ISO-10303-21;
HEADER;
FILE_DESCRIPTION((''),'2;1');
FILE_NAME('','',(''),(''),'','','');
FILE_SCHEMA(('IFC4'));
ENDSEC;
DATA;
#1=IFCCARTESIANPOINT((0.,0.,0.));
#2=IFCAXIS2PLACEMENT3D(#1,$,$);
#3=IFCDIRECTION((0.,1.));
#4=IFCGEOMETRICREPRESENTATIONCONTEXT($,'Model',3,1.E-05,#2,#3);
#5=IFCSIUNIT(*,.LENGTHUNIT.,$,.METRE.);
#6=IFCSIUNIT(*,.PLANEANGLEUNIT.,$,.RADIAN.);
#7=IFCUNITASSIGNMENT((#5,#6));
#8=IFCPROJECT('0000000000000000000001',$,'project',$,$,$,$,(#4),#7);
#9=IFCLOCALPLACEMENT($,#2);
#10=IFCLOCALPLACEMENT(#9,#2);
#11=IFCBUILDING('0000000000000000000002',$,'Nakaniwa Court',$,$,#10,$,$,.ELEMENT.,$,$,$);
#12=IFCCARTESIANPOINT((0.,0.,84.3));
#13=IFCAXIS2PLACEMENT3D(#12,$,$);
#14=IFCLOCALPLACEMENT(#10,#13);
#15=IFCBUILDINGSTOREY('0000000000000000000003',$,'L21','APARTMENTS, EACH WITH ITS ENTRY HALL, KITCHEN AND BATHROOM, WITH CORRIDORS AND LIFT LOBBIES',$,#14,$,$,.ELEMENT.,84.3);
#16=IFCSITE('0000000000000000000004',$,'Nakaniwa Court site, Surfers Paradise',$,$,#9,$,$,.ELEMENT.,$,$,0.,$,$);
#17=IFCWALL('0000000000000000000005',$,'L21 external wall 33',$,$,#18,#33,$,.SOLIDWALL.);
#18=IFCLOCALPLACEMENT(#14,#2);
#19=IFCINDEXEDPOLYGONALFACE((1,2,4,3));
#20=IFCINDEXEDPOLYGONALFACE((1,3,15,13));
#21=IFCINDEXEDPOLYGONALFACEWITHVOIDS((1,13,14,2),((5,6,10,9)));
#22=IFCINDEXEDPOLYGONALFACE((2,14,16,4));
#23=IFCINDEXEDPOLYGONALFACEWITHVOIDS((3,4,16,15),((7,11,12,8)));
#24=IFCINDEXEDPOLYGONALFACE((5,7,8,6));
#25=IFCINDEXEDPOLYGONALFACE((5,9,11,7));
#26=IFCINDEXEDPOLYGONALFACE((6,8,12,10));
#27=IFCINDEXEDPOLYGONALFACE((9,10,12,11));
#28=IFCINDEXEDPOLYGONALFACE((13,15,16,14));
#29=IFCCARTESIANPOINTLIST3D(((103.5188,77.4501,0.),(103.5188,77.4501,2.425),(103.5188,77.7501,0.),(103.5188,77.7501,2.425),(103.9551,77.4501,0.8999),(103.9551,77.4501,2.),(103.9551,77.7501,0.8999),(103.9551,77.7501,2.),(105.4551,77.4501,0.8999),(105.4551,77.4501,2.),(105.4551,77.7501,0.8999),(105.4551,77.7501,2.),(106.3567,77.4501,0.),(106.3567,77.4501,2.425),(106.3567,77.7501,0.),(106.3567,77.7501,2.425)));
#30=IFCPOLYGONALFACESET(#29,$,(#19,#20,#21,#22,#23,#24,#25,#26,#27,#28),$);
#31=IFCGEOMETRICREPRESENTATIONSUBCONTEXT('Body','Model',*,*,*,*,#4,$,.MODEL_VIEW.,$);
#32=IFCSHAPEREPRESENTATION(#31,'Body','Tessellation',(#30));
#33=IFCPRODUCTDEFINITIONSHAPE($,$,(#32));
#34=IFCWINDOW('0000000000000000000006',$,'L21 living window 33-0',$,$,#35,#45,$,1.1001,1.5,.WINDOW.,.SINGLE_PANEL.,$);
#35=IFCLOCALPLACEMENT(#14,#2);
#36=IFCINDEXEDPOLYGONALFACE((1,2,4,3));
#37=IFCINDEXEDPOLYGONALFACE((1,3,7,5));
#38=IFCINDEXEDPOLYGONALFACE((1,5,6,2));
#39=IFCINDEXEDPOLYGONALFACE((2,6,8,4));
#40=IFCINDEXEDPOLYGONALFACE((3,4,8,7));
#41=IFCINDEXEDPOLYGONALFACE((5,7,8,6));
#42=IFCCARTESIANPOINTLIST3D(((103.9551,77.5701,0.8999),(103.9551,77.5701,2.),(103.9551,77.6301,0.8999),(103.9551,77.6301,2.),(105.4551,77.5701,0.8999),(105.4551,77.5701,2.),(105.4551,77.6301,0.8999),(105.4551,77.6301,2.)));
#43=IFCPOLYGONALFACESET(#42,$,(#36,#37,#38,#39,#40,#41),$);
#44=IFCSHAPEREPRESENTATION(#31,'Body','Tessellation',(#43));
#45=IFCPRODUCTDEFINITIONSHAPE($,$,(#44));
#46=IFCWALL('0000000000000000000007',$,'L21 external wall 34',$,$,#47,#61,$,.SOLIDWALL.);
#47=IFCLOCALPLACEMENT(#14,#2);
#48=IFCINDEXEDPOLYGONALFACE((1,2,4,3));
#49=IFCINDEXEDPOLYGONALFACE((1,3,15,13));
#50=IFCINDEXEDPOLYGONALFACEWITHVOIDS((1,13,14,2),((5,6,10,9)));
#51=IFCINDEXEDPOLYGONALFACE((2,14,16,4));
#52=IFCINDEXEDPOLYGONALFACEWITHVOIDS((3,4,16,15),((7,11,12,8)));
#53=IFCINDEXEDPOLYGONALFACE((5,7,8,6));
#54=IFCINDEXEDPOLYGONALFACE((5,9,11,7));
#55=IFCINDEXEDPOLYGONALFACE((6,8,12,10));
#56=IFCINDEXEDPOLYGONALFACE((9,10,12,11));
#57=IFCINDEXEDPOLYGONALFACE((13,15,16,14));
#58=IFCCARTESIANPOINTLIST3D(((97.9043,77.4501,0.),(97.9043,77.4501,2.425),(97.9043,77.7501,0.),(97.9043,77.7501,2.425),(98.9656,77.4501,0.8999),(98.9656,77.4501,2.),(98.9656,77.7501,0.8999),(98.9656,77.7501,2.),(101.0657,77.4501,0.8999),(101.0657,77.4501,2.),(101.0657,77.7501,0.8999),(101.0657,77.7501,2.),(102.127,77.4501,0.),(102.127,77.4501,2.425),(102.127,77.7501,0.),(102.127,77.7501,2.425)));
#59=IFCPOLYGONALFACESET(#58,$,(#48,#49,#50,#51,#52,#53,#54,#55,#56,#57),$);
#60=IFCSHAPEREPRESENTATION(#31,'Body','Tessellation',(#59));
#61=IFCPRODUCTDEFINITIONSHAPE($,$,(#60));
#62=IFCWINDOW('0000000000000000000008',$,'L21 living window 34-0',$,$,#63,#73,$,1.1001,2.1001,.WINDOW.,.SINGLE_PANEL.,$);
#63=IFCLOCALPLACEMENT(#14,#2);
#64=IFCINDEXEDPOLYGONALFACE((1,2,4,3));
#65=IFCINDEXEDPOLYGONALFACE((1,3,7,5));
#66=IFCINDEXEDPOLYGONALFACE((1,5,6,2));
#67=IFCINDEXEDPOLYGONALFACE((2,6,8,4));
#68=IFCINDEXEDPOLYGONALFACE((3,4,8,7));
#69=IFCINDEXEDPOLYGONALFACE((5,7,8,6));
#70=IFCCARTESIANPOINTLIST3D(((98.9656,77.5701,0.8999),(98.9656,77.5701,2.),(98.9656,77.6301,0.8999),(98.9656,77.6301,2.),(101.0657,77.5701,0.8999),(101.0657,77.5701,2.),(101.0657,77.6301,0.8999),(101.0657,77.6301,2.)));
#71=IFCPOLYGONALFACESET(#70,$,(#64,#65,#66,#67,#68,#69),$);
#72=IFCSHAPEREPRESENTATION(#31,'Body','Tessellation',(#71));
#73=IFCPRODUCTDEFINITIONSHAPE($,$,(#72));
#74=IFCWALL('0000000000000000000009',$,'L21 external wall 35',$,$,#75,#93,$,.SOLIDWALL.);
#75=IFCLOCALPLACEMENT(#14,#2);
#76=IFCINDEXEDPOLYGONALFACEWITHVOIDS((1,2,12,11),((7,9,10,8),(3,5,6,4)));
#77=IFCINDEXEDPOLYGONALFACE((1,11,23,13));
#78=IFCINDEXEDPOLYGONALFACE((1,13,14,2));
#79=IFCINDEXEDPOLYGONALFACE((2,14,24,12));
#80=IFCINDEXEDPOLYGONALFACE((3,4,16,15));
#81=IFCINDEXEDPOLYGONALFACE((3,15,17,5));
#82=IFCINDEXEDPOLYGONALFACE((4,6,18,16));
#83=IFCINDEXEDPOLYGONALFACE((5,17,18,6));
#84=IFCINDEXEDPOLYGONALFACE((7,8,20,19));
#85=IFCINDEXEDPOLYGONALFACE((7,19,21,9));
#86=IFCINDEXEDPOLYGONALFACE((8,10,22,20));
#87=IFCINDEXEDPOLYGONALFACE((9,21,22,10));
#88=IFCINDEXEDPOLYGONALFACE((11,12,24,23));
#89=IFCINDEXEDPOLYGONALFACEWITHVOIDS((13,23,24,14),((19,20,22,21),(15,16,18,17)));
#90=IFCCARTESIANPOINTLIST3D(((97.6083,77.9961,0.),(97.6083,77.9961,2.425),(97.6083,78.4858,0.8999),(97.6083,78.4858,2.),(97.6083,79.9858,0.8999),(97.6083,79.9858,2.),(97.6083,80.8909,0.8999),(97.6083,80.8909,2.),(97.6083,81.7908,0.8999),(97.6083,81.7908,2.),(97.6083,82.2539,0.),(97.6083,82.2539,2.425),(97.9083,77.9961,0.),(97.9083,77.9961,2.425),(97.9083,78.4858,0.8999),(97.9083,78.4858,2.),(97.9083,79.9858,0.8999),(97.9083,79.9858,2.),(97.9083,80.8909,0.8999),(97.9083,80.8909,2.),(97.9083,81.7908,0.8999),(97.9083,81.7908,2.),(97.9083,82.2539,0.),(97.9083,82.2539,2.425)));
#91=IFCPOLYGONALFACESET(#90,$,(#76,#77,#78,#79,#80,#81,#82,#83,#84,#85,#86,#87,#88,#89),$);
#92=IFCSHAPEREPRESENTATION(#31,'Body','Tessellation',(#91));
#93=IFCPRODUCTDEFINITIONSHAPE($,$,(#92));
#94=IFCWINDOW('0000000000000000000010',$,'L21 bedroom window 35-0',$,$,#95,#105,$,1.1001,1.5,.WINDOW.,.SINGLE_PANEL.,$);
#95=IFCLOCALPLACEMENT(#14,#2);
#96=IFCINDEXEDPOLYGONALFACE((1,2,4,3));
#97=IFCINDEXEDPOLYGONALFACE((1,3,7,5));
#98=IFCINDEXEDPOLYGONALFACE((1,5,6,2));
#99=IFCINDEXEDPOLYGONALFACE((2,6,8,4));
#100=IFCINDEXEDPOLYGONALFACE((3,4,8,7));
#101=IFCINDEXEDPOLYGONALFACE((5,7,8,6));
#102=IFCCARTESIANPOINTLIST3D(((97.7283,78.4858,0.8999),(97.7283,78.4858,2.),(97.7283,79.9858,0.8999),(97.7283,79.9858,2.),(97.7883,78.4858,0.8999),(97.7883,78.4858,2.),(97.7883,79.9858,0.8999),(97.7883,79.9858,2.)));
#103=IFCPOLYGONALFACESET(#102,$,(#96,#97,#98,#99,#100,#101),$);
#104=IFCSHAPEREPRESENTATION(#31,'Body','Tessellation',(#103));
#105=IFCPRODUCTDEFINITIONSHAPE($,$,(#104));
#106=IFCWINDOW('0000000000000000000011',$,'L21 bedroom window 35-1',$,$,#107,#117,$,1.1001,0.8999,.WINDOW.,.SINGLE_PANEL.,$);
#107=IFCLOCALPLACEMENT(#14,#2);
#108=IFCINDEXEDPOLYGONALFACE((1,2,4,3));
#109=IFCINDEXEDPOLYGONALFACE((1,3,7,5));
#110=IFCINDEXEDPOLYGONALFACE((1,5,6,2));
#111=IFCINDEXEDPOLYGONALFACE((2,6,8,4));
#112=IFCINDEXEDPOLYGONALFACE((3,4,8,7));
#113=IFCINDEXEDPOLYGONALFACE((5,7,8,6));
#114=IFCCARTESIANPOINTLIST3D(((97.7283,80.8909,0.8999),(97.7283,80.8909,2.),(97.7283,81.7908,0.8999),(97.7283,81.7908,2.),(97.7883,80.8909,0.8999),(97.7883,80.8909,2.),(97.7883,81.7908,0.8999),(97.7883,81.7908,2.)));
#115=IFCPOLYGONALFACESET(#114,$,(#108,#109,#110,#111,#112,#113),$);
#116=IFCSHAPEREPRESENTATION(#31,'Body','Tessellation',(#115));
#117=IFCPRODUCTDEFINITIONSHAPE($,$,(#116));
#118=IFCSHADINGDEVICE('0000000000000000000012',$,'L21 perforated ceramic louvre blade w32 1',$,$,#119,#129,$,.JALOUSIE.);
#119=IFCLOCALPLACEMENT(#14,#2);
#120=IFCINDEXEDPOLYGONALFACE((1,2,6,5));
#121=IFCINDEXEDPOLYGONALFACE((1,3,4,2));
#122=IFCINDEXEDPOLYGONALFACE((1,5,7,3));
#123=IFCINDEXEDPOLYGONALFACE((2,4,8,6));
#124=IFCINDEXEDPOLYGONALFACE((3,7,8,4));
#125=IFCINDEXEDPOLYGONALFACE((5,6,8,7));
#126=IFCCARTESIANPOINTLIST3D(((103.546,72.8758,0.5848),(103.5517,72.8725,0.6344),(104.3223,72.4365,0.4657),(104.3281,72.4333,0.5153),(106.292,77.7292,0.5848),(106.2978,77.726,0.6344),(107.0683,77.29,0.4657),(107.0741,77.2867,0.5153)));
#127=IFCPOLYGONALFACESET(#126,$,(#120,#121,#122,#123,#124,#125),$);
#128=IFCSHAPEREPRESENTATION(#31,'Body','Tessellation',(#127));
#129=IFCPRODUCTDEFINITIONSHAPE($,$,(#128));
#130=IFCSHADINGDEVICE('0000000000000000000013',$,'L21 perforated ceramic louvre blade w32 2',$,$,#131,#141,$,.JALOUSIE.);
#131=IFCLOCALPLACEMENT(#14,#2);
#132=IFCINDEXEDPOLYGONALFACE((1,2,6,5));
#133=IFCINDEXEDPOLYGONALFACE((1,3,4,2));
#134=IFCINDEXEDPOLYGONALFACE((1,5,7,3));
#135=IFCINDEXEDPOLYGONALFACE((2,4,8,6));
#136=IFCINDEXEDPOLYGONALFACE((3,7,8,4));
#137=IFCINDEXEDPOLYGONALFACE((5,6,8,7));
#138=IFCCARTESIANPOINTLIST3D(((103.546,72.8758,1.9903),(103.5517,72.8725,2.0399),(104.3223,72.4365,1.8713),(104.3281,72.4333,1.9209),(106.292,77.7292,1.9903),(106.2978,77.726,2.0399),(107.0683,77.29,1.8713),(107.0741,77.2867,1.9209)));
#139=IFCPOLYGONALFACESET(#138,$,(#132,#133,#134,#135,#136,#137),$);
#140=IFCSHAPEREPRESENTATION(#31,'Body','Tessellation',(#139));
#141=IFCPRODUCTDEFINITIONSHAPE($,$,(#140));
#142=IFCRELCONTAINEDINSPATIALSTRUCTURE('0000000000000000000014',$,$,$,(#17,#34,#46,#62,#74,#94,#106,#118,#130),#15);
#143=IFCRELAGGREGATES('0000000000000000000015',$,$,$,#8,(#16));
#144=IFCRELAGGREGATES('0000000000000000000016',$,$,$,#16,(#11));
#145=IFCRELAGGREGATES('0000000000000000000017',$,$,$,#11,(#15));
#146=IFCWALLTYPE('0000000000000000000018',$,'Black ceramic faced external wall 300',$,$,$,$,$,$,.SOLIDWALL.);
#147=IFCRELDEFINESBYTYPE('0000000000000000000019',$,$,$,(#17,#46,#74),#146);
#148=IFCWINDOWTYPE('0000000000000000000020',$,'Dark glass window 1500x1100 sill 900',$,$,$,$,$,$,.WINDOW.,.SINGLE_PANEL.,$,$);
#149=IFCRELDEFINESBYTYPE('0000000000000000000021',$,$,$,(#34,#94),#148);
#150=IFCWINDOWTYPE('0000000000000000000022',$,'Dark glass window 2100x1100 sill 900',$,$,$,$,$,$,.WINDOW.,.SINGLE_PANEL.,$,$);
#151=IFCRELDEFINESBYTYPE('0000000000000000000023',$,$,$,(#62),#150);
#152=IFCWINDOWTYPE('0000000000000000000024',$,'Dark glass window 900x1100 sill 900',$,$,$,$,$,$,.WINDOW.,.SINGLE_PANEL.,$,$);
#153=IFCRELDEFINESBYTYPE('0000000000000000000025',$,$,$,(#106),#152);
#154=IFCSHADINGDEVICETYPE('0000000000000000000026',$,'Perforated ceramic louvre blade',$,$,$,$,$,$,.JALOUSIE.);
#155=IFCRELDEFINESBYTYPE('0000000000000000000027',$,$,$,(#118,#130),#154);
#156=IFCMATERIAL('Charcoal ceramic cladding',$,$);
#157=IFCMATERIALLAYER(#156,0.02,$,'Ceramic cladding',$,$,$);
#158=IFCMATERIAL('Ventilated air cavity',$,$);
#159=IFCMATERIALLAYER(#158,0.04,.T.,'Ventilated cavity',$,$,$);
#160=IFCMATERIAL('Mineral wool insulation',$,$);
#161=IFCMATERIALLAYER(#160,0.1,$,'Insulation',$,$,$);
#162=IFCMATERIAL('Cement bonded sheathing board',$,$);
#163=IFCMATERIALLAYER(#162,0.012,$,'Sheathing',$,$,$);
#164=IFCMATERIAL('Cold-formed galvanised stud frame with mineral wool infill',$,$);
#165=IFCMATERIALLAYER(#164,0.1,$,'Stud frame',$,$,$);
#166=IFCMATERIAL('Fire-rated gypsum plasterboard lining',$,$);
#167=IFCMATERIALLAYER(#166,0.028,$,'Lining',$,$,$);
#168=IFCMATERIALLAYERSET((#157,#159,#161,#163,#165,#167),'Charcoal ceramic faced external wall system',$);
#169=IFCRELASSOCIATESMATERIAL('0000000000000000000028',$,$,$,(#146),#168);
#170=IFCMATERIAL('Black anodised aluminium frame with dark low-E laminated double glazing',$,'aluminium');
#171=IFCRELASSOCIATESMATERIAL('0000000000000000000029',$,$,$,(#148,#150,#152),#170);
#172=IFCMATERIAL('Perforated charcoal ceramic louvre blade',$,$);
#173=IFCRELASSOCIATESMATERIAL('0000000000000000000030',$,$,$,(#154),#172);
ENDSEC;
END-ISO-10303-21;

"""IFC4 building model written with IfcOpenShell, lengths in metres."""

from ifc_helpers import new_model, si_unit, direction, frame, frame_2d, origin, origin_2d, place, context, subcontext, project, spatial, rectangle, extrude, material, layer, layer_set, material_profile, profile_set, type_object, element, fill, save


model = new_model("IFC4")

# Units and contexts
model_context = context("Model", 3, precision=1e-05, world=origin(), true_north=direction((0.0, 1.0)))
body_context = subcontext(model_context, "Body", "Model", "MODEL_VIEW")
ifc_project = project(units=[si_unit("LENGTHUNIT", "METRE"), si_unit("PLANEANGLEUNIT", "RADIAN")], contexts=[model_context])

# Site, building, storey
site_placement = place(None, origin())
site = spatial("IfcSite", under=ifc_project, at=site_placement, Name="Nakaniwa Court site, Surfers Paradise", CompositionType="ELEMENT", RefElevation=0.0)
building_placement = place(site_placement, origin())
building = spatial("IfcBuilding", under=site, at=building_placement, Name="Nakaniwa Court", CompositionType="ELEMENT")
storey_placement = place(building_placement, frame((0.0, 0.0, 84.3)))
storey = spatial("IfcBuildingStorey", under=building, at=storey_placement, Name="L21", Description="APARTMENTS, EACH WITH ITS ENTRY HALL, KITCHEN AND BATHROOM, WITH CORRIDORS AND LIFT LOBBIES", CompositionType="ELEMENT", Elevation=84.3)

# Shared definitions
ifc_material_1 = material(Name="Charcoal ceramic cladding")
ifc_layer_1 = layer(ifc_material_1, 0.02, Name="Ceramic cladding")
ifc_material_2 = material(Name="Ventilated air cavity")
ifc_layer_2 = layer(ifc_material_2, 0.04, ventilated=True, Name="Ventilated cavity")
ifc_material_3 = material(Name="Mineral wool insulation")
ifc_layer_3 = layer(ifc_material_3, 0.1, Name="Insulation")
ifc_material_4 = material(Name="Cement bonded sheathing board")
ifc_layer_4 = layer(ifc_material_4, 0.012, Name="Sheathing")
ifc_material_5 = material(Name="Cold-formed galvanised stud frame with mineral wool infill")
ifc_layer_5 = layer(ifc_material_5, 0.1, Name="Stud frame")
ifc_material_6 = material(Name="Fire-rated gypsum plasterboard lining")
ifc_layer_6 = layer(ifc_material_6, 0.028, Name="Lining")
ifc_layer_set = layer_set([ifc_layer_1, ifc_layer_2, ifc_layer_3, ifc_layer_4, ifc_layer_5, ifc_layer_6], Name="Charcoal ceramic faced external wall system")
wall_type = type_object("IfcWallType", Name="Black ceramic faced external wall 300", PredefinedType="SOLIDWALL", material=ifc_layer_set)
ifc_material_7 = material(Name="Black anodised aluminium frame with dark low-E laminated double glazing", Category="aluminium")
window_type_1 = type_object("IfcWindowType", Name="Dark glass window 1500x1100 sill 900", PartitioningType="SINGLE_PANEL", PredefinedType="WINDOW", material=ifc_material_7)

# Walls, openings, windows
window_type_2 = type_object("IfcWindowType", Name="Dark glass window 2100x1100 sill 900", PartitioningType="SINGLE_PANEL", PredefinedType="WINDOW", material=ifc_material_7)
wall_1_placement = place(storey_placement, frame((106.3567, 77.6001, 0.0), z_axis=(0.0, 0.0, 1.0), x_axis=(-1.0, 0.0, 0.0)))
wall_1 = element("IfcWall", 1, at=wall_1_placement, inside=storey, type_object=wall_type, Name="L21 external wall 33", PredefinedType="SOLIDWALL", context=body_context, shape_type="SweptSolid", body=[
    extrude(rectangle(XDim=2.8379, YDim=0.3, at=frame_2d((1.4189, 0.0))), origin(), (0.0, 0.0, 1.0), 2.425),
])
opening_1_placement = place(wall_1_placement, frame((0.9016, 0.0, 0.8999)))
opening_1 = element("IfcOpeningElement", 2, at=opening_1_placement, cuts=wall_1, PredefinedType="OPENING", context=body_context, shape_type="SweptSolid", body=[
    extrude(rectangle(XDim=1.5, YDim=1.1001, at=frame_2d((0.75, 0.55))), frame((0.0, 0.1599, 0.0), z_axis=(0.0, -1.0, 0.0), x_axis=(1.0, 0.0, 0.0)), (0.0, 0.0, 1.0), 0.3201),
])
window_1_placement = place(opening_1_placement, origin())
window_1 = element("IfcWindow", 3, at=window_1_placement, inside=storey, type_object=window_type_1, Name="L21 living window 33-0", OverallHeight=1.1001, OverallWidth=1.5, PartitioningType="SINGLE_PANEL", PredefinedType="WINDOW", context=body_context, shape_type="SweptSolid", body=[
    extrude(rectangle(XDim=1.5, YDim=1.1001, at=frame_2d((0.75, 0.55))), frame((0.0, 0.03, 0.0), z_axis=(0.0, -1.0, 0.0), x_axis=(1.0, 0.0, 0.0)), (0.0, 0.0, 1.0), 0.0601),
])
fill(opening_1, window_1)
wall_2_placement = place(storey_placement, frame((102.127, 77.6001, 0.0), z_axis=(0.0, 0.0, 1.0), x_axis=(-1.0, 0.0, 0.0)))
wall_2 = element("IfcWall", 4, at=wall_2_placement, inside=storey, type_object=wall_type, Name="L21 external wall 34", PredefinedType="SOLIDWALL", context=body_context, shape_type="SweptSolid", body=[
    extrude(rectangle(XDim=4.2227, YDim=0.3, at=frame_2d((2.1113, 0.0))), origin(), (0.0, 0.0, 1.0), 2.425),
])
opening_2_placement = place(wall_2_placement, frame((1.0613, 0.0, 0.8999)))
opening_2 = element("IfcOpeningElement", 5, at=opening_2_placement, cuts=wall_2, PredefinedType="OPENING", context=body_context, shape_type="SweptSolid", body=[
    extrude(rectangle(XDim=2.1001, YDim=1.1001, at=frame_2d((1.05, 0.55))), frame((0.0, 0.1599, 0.0), z_axis=(0.0, -1.0, 0.0), x_axis=(1.0, 0.0, 0.0)), (0.0, 0.0, 1.0), 0.3201),
])
window_2_placement = place(opening_2_placement, origin())
window_2 = element("IfcWindow", 6, at=window_2_placement, inside=storey, type_object=window_type_2, Name="L21 living window 34-0", OverallHeight=1.1001, OverallWidth=2.1001, PartitioningType="SINGLE_PANEL", PredefinedType="WINDOW", context=body_context, shape_type="SweptSolid", body=[
    extrude(rectangle(XDim=2.1001, YDim=1.1001, at=frame_2d((1.05, 0.55))), frame((0.0, 0.03, 0.0), z_axis=(0.0, -1.0, 0.0), x_axis=(1.0, 0.0, 0.0)), (0.0, 0.0, 1.0), 0.0601),
])
fill(opening_2, window_2)

# Wall, openings, windows
wall_3_placement = place(storey_placement, frame((97.7583, 77.9961, 0.0), z_axis=(0.0, 0.0, 1.0), x_axis=(0.0, 1.0, 0.0)))
wall_3 = element("IfcWall", 7, at=wall_3_placement, inside=storey, type_object=wall_type, Name="L21 external wall 35", PredefinedType="SOLIDWALL", context=body_context, shape_type="SweptSolid", body=[
    extrude(rectangle(XDim=4.2578, YDim=0.3, at=frame_2d((2.1289, 0.0))), origin(), (0.0, 0.0, 1.0), 2.425),
])
opening_3_placement = place(wall_3_placement, frame((0.4897, 0.0, 0.8999)))
opening_3 = element("IfcOpeningElement", 8, at=opening_3_placement, cuts=wall_3, PredefinedType="OPENING", context=body_context, shape_type="SweptSolid", body=[
    extrude(rectangle(XDim=1.5, YDim=1.1001, at=frame_2d((0.75, 0.55))), frame((0.0, 0.1599, 0.0), z_axis=(0.0, -1.0, 0.0), x_axis=(1.0, 0.0, 0.0)), (0.0, 0.0, 1.0), 0.3201),
])
opening_4_placement = place(wall_3_placement, frame((2.8948, 0.0, 0.8999)))
opening_4 = element("IfcOpeningElement", 9, at=opening_4_placement, cuts=wall_3, PredefinedType="OPENING", context=body_context, shape_type="SweptSolid", body=[
    extrude(rectangle(XDim=0.8999, YDim=1.1001, at=frame_2d((0.45, 0.55))), frame((0.0, 0.1599, 0.0), z_axis=(0.0, -1.0, 0.0), x_axis=(1.0, 0.0, 0.0)), (0.0, 0.0, 1.0), 0.3201),
])
window_3_placement = place(opening_3_placement, origin())
window_3 = element("IfcWindow", 10, at=window_3_placement, inside=storey, type_object=window_type_1, Name="L21 bedroom window 35-0", OverallHeight=1.1001, OverallWidth=1.5, PartitioningType="SINGLE_PANEL", PredefinedType="WINDOW", context=body_context, shape_type="SweptSolid", body=[
    extrude(rectangle(XDim=1.5, YDim=1.1001, at=frame_2d((0.75, 0.55))), frame((0.0, 0.03, 0.0), z_axis=(0.0, -1.0, 0.0), x_axis=(1.0, 0.0, 0.0)), (0.0, 0.0, 1.0), 0.0601),
])
fill(opening_3, window_3)
window_type_3 = type_object("IfcWindowType", Name="Dark glass window 900x1100 sill 900", PartitioningType="SINGLE_PANEL", PredefinedType="WINDOW", material=ifc_material_7)
window_4_placement = place(opening_4_placement, origin())
window_4 = element("IfcWindow", 11, at=window_4_placement, inside=storey, type_object=window_type_3, Name="L21 bedroom window 35-1", OverallHeight=1.1001, OverallWidth=0.8999, PartitioningType="SINGLE_PANEL", PredefinedType="WINDOW", context=body_context, shape_type="SweptSolid", body=[
    extrude(rectangle(XDim=0.8999, YDim=1.1001, at=frame_2d((0.45, 0.55))), frame((0.0, 0.03, 0.0), z_axis=(0.0, -1.0, 0.0), x_axis=(1.0, 0.0, 0.0)), (0.0, 0.0, 1.0), 0.0601),
])
fill(opening_4, window_4)

# Shading devices
ifc_material_8 = material(Name="Perforated charcoal ceramic louvre blade")
ifc_material_profile_1 = material_profile(ifc_material_8, rectangle(XDim=0.8999, YDim=0.05, at=origin_2d()), Name="Perforated ceramic louvre blade")
ifc_profile_set_1 = profile_set([ifc_material_profile_1], Name="Perforated charcoal ceramic louvre blade")
shading_device_type = type_object("IfcShadingDeviceType", Name="Perforated ceramic louvre blade", PredefinedType="JALOUSIE", material=ifc_profile_set_1)
for number, where, z_axis, x_axis, name in (
    (12, (103.937, 72.6545, 0.55), (0.492438, 0.870347, 0.0), (-0.862702, 0.488112, 0.132256), "L21 perforated ceramic louvre blade w32 1"),
    (13, (103.937, 72.6545, 1.9556), (0.492438, 0.870347, 0.0), (-0.862702, 0.488112, 0.132256), "L21 perforated ceramic louvre blade w32 2"),
):
    element("IfcShadingDevice", number, at=place(storey_placement, frame(where, z_axis=z_axis, x_axis=x_axis)), inside=storey, type_object=shading_device_type, Name=name, PredefinedType="JALOUSIE", context=body_context, shape_type="SweptSolid", body=[
        extrude(rectangle(XDim=0.8999, YDim=0.05, at=origin_2d()), origin(), (0.0, 0.0, 1.0), 5.5764),
    ])

save(model, "model.ifc")
